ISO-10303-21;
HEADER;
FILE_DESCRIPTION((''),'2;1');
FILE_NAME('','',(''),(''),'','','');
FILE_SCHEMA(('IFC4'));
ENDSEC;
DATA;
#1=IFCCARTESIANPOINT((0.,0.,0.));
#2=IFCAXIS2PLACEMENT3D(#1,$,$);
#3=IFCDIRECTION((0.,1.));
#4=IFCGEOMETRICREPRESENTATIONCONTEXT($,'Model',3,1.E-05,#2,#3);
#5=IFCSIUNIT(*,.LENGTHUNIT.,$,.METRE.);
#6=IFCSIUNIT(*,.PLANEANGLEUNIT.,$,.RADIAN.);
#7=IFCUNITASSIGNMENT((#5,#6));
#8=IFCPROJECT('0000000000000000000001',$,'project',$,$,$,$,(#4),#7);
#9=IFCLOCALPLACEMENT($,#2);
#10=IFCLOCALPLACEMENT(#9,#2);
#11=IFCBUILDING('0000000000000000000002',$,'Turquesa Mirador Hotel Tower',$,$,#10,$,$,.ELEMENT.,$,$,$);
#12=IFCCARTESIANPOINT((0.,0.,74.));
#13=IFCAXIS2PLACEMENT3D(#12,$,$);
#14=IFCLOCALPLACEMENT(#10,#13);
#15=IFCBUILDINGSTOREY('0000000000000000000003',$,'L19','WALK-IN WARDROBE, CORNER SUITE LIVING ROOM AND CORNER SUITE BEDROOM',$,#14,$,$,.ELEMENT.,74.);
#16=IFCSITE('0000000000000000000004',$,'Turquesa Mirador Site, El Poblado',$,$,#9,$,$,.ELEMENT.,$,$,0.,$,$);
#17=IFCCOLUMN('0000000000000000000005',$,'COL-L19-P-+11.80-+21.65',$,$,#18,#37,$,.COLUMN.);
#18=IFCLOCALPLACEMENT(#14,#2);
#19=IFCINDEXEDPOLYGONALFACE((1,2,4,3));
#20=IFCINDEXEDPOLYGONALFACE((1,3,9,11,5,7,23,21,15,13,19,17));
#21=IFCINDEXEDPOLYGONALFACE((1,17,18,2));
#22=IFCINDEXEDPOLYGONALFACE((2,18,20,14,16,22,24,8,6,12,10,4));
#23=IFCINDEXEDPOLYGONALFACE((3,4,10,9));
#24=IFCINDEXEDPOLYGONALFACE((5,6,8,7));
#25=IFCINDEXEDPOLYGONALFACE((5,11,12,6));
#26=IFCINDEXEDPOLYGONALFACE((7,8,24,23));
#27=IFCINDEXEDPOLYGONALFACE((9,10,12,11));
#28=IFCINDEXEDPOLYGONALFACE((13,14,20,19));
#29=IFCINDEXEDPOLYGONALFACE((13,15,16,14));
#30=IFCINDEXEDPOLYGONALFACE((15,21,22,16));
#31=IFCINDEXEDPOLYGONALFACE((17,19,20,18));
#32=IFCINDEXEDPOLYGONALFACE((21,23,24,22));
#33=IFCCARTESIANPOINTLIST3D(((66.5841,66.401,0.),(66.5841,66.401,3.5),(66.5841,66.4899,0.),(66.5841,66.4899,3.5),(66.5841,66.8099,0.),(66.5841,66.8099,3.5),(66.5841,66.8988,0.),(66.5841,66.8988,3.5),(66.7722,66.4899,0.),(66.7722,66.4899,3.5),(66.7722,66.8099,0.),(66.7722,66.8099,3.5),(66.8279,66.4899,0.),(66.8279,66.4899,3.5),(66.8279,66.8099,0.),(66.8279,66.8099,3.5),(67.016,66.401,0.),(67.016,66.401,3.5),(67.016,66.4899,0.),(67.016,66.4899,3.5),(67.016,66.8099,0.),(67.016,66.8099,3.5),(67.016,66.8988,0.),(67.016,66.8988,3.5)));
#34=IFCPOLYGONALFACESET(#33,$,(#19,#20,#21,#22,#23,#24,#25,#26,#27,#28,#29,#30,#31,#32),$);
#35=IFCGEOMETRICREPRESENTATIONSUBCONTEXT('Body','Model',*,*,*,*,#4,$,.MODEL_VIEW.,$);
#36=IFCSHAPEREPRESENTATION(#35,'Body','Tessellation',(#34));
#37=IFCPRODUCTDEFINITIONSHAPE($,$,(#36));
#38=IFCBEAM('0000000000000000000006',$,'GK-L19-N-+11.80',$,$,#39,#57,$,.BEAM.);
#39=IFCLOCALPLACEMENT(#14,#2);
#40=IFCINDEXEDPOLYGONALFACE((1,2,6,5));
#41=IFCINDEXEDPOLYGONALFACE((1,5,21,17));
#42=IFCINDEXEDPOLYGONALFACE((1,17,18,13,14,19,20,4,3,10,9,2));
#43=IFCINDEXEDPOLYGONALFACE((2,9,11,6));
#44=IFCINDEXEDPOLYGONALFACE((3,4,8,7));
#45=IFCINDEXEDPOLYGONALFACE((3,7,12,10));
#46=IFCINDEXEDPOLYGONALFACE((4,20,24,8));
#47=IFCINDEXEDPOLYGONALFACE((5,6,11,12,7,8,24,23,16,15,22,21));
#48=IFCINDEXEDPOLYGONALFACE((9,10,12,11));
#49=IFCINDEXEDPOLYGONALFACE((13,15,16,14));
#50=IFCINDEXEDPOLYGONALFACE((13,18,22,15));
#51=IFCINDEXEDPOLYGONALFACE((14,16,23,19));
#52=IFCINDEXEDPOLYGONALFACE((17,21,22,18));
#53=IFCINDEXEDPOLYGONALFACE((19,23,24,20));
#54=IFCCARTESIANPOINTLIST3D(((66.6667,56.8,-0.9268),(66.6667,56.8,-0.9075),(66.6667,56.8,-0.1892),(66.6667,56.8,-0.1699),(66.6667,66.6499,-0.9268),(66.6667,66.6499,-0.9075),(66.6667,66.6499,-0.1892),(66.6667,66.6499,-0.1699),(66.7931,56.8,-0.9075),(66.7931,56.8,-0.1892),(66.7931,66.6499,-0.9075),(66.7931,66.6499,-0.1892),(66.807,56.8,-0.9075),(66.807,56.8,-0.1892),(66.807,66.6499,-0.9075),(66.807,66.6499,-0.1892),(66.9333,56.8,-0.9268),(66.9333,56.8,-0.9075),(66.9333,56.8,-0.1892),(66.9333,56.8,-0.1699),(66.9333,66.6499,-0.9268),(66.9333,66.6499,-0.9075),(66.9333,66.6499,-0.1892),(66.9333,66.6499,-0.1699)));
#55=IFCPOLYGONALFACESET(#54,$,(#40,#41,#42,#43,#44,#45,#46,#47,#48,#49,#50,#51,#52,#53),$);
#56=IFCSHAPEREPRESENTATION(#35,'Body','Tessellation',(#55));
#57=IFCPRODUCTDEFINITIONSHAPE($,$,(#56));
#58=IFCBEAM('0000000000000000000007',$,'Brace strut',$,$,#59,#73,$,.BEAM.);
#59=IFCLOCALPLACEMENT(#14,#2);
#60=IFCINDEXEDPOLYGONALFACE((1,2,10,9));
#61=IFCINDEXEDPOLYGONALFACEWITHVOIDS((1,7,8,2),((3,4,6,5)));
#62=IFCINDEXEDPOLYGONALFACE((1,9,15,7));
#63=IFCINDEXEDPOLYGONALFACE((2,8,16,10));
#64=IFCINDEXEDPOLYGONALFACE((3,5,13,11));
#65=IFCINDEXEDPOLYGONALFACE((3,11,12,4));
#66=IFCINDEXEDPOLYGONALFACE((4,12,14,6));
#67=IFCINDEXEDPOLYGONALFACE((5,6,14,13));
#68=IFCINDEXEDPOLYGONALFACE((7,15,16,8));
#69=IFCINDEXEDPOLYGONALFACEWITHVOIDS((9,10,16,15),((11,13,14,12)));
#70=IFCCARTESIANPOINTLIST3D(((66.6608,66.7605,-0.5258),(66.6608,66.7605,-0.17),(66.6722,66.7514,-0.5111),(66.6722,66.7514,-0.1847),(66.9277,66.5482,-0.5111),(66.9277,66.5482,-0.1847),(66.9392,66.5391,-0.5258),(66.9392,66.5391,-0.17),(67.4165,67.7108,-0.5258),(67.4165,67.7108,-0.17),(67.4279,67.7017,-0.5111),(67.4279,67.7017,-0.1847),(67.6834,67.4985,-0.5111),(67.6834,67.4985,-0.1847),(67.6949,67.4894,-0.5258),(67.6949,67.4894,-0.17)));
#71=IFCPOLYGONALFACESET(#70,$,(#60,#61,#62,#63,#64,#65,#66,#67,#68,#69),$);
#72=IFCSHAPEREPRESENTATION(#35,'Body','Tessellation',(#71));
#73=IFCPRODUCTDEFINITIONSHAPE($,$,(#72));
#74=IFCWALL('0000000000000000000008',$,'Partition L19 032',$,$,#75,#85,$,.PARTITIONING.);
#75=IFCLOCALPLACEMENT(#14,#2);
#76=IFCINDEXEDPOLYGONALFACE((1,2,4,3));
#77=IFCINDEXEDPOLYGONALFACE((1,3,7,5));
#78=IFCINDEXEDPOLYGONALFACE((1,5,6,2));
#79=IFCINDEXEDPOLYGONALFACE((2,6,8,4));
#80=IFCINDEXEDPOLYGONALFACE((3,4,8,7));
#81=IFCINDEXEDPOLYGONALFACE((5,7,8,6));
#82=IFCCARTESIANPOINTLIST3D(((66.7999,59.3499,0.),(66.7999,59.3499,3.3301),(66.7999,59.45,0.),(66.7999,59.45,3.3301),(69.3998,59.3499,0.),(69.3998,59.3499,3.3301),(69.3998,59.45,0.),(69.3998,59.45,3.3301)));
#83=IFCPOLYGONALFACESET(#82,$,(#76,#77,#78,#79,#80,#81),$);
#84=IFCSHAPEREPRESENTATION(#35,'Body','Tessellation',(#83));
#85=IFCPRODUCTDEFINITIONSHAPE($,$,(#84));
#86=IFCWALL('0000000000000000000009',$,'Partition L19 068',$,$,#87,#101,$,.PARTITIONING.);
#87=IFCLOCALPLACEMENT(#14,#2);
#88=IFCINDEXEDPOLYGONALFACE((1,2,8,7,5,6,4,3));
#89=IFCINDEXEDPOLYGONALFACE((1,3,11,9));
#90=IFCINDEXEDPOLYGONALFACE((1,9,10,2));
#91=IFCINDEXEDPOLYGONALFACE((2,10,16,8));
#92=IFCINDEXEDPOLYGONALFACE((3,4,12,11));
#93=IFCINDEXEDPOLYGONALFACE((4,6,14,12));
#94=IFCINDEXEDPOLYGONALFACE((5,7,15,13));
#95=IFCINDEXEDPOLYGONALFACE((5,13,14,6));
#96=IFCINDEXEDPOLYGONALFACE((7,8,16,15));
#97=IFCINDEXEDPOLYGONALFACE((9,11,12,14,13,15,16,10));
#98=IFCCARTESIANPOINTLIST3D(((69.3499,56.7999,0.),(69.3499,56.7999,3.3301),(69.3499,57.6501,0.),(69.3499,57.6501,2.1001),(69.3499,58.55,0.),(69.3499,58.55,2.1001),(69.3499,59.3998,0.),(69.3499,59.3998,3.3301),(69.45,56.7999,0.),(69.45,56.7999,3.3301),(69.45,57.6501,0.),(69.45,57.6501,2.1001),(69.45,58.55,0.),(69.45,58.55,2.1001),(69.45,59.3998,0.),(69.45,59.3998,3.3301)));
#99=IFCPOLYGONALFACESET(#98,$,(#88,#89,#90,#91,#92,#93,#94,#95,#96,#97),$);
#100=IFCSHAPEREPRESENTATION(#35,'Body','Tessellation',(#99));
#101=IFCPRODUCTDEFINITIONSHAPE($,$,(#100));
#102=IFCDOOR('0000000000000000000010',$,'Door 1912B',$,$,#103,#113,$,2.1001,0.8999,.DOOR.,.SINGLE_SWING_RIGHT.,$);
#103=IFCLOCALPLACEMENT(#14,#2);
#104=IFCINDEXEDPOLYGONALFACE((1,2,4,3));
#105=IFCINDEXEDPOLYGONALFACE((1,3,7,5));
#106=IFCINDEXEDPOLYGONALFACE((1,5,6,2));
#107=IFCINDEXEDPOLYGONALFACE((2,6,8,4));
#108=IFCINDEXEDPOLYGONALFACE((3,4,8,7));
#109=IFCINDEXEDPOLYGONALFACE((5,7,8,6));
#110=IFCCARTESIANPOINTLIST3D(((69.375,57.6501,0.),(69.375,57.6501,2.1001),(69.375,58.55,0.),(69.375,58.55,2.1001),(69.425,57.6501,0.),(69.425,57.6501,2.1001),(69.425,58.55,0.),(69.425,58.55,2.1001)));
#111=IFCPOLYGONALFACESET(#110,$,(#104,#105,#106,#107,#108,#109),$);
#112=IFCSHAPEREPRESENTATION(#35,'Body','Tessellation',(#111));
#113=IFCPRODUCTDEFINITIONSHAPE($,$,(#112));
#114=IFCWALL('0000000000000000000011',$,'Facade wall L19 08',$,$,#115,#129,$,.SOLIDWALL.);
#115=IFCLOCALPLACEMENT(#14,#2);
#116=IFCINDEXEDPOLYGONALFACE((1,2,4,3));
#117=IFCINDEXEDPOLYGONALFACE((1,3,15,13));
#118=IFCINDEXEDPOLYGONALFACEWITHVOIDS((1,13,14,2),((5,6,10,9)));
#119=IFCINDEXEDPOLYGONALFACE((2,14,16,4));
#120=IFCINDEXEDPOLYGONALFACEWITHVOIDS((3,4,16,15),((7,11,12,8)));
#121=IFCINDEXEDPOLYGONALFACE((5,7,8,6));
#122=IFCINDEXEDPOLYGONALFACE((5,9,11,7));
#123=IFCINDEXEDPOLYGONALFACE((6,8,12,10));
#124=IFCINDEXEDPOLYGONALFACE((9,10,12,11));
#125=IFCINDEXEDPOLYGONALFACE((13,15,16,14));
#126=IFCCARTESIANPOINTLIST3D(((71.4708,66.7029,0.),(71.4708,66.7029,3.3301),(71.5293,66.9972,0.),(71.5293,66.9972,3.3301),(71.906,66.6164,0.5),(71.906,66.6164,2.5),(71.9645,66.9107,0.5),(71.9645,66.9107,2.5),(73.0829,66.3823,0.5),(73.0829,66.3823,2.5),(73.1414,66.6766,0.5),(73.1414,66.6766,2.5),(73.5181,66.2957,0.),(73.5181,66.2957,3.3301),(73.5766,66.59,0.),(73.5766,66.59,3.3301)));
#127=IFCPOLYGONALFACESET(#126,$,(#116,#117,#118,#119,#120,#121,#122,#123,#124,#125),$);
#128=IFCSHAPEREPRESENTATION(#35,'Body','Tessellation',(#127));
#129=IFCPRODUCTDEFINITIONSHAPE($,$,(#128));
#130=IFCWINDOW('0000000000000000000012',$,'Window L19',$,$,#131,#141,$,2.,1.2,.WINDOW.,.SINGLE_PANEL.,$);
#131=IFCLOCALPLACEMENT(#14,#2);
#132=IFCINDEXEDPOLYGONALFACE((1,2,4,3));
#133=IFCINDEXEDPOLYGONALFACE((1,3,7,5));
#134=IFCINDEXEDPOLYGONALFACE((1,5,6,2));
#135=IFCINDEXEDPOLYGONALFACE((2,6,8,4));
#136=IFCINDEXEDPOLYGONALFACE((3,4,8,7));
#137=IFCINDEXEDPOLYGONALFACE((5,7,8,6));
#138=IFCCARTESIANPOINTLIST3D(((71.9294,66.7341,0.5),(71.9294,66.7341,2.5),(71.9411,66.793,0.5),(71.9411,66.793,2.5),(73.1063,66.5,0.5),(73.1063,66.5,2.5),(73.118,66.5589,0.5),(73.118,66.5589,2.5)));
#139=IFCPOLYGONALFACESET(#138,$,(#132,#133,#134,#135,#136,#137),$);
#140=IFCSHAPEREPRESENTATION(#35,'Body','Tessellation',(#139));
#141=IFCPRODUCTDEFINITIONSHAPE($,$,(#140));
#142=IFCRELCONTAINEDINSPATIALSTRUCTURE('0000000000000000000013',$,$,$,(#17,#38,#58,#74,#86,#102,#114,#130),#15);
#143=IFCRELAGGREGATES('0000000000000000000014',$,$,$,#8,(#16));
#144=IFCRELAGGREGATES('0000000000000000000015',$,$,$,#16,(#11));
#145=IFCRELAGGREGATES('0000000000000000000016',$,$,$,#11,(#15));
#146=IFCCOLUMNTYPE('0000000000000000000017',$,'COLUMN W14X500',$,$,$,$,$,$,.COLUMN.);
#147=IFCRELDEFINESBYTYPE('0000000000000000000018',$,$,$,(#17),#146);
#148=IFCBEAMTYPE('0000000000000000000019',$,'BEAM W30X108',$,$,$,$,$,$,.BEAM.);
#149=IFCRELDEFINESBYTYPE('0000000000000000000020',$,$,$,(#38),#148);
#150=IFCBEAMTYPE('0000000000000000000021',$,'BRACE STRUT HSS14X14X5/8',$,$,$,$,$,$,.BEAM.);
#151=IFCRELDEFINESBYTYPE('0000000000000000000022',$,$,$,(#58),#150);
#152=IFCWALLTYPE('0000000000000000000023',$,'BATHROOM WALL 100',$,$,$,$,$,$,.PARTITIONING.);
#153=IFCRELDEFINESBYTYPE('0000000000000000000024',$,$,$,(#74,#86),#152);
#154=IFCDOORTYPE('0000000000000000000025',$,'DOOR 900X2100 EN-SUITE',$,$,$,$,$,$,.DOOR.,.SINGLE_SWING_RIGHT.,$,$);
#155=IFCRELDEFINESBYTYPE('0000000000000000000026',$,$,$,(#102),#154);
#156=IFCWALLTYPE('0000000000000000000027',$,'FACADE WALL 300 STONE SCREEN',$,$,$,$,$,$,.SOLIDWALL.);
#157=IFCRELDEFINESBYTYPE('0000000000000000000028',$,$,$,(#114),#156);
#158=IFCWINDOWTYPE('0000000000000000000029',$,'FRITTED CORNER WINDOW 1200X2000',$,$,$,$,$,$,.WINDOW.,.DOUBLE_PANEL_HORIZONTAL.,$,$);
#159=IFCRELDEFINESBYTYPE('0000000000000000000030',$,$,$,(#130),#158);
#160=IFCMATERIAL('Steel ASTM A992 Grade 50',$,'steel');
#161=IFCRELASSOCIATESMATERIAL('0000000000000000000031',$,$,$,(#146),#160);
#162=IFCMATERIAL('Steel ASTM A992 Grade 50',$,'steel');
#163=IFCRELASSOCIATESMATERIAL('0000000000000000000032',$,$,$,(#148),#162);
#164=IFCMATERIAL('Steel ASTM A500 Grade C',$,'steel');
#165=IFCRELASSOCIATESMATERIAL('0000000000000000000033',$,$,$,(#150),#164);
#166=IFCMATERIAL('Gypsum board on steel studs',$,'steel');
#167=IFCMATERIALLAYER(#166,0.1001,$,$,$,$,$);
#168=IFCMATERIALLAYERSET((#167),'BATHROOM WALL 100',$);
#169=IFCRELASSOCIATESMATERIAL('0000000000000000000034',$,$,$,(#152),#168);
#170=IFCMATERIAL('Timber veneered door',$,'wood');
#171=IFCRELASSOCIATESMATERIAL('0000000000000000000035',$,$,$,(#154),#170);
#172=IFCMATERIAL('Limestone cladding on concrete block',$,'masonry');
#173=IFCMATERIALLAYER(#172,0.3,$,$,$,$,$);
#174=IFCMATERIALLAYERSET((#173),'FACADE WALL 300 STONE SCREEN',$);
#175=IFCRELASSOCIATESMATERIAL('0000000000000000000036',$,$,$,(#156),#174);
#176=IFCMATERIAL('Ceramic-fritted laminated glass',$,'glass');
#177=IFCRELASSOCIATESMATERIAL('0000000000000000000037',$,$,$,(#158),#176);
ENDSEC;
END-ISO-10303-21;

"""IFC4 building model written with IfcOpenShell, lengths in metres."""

from ifc_helpers import new_model, si_unit, direction, frame, frame_2d, origin, origin_2d, place, context, subcontext, project, spatial, rectangle, hollow_rectangle, i_section, extrude, material, layer, layer_set, material_profile, profile_set, type_object, element, fill, save


model = new_model("IFC4")

# Units and contexts
model_context = context("Model", 3, precision=1e-05, world=origin(), true_north=direction((0.0, 1.0)))
body_context = subcontext(model_context, "Body", "Model", "MODEL_VIEW")
ifc_project = project(units=[si_unit("LENGTHUNIT", "METRE"), si_unit("PLANEANGLEUNIT", "RADIAN")], contexts=[model_context])

# Site, building, storey
site_placement = place(None, origin())
site = spatial("IfcSite", under=ifc_project, at=site_placement, Name="Turquesa Mirador Site, El Poblado", CompositionType="ELEMENT", RefElevation=0.0)
building_placement = place(site_placement, origin())
building = spatial("IfcBuilding", under=site, at=building_placement, Name="Turquesa Mirador Hotel Tower", CompositionType="ELEMENT")
storey_placement = place(building_placement, frame((0.0, 0.0, 74.0)))
storey = spatial("IfcBuildingStorey", under=building, at=storey_placement, Name="L19", Description="WALK-IN WARDROBE, CORNER SUITE LIVING ROOM AND CORNER SUITE BEDROOM", CompositionType="ELEMENT", Elevation=74.0)

# Column
ifc_material_1 = material(Name="Steel ASTM A992 Grade 50", Category="steel")
ifc_material_profile_1 = material_profile(ifc_material_1, i_section(OverallWidth=0.4319, OverallDepth=0.4978, WebThickness=0.0557, FlangeThickness=0.0889, at=origin_2d()), Name="W14X500")
ifc_profile_set_1 = profile_set([ifc_material_profile_1], Name="Steel ASTM A992 Grade 50")
column_type = type_object("IfcColumnType", Name="COLUMN W14X500", PredefinedType="COLUMN", material=ifc_profile_set_1)
column_placement = place(storey_placement, frame((66.8, 66.6499, 0.0), z_axis=(0.0, 0.0, 1.0), x_axis=(1.0, 0.0, 0.0)))
element("IfcColumn", 1, at=column_placement, inside=storey, type_object=column_type, Name="COL-L19-P-+11.80-+21.65", PredefinedType="COLUMN", context=body_context, shape_type="SweptSolid", body=[
    extrude(i_section(OverallWidth=0.4319, OverallDepth=0.4978, WebThickness=0.0557, FlangeThickness=0.0889, at=origin_2d()), origin(), (0.0, 0.0, 1.0), 3.5),
])

# Beams
ifc_material_2 = material(Name="Steel ASTM A992 Grade 50", Category="steel")
ifc_material_profile_2 = material_profile(ifc_material_2, i_section(OverallWidth=0.2666, OverallDepth=0.7568, WebThickness=0.0139, FlangeThickness=0.0193, at=origin_2d()), Name="W30X108")
ifc_profile_set_2 = profile_set([ifc_material_profile_2], Name="Steel ASTM A992 Grade 50")
beam_type_1 = type_object("IfcBeamType", Name="BEAM W30X108", PredefinedType="BEAM", material=ifc_profile_set_2)
beam_1_placement = place(storey_placement, frame((66.8, 66.6499, -0.5483), z_axis=(0.0, -1.0, 0.0), x_axis=(1.0, 0.0, 0.0)))
element("IfcBeam", 2, at=beam_1_placement, inside=storey, type_object=beam_type_1, Name="GK-L19-N-+11.80", PredefinedType="BEAM", context=body_context, shape_type="SweptSolid", body=[
    extrude(i_section(OverallWidth=0.2666, OverallDepth=0.7568, WebThickness=0.0139, FlangeThickness=0.0193, at=origin_2d()), origin(), (0.0, 0.0, 1.0), 9.8499),
])
ifc_material_3 = material(Name="Steel ASTM A500 Grade C", Category="steel")
ifc_material_profile_3 = material_profile(ifc_material_3, hollow_rectangle(XDim=0.3557, YDim=0.3557, WallThickness=0.0146, at=origin_2d()), Name="HSS14X14X5/8")
ifc_profile_set_3 = profile_set([ifc_material_profile_3], Name="Steel ASTM A500 Grade C")
beam_type_2 = type_object("IfcBeamType", Name="BRACE STRUT HSS14X14X5/8", PredefinedType="BEAM", material=ifc_profile_set_3)
beam_2_placement = place(storey_placement, frame((67.5557, 67.6001, -0.3479), z_axis=(-0.622412, -0.78269, 0.0), x_axis=(0.78269, -0.622412, 0.0)))
element("IfcBeam", 3, at=beam_2_placement, inside=storey, type_object=beam_type_2, Name="Brace strut", PredefinedType="BEAM", context=body_context, shape_type="SweptSolid", body=[
    extrude(hollow_rectangle(XDim=0.3557, YDim=0.3557, WallThickness=0.0146, at=origin_2d()), origin(), (0.0, 0.0, 1.0), 1.2141),
])

# Wall
ifc_material_4 = material(Name="Gypsum board on steel studs", Category="steel")
ifc_layer_1 = layer(ifc_material_4, 0.1001)
ifc_layer_set_1 = layer_set([ifc_layer_1], Name="BATHROOM WALL 100")
wall_type_1 = type_object("IfcWallType", Name="BATHROOM WALL 100", PredefinedType="PARTITIONING", material=ifc_layer_set_1)
wall_1_placement = place(storey_placement, frame((66.8, 59.3999, 0.0), z_axis=(0.0, 0.0, 1.0), x_axis=(1.0, 0.0, 0.0)))
element("IfcWall", 4, at=wall_1_placement, inside=storey, type_object=wall_type_1, Name="Partition L19 032", PredefinedType="PARTITIONING", context=body_context, shape_type="SweptSolid", body=[
    extrude(rectangle(XDim=2.5999, YDim=0.1001, at=frame_2d((1.2998, 0.0))), origin(), (0.0, 0.0, 1.0), 3.3301),
])

# Wall, opening, door
wall_2_placement = place(storey_placement, frame((69.3999, 56.8, 0.0), z_axis=(0.0, 0.0, 1.0), x_axis=(0.0, 1.0, 0.0)))
wall_2 = element("IfcWall", 5, at=wall_2_placement, inside=storey, type_object=wall_type_1, Name="Partition L19 068", PredefinedType="PARTITIONING", context=body_context, shape_type="SweptSolid", body=[
    extrude(rectangle(XDim=2.5999, YDim=0.1001, at=frame_2d((1.2998, 0.0))), origin(), (0.0, 0.0, 1.0), 3.3301),
])
opening_1_placement = place(wall_2_placement, frame((0.8501, 0.0, 0.0)))
opening_1 = element("IfcOpeningElement", 6, at=opening_1_placement, cuts=wall_2, PredefinedType="OPENING", context=body_context, shape_type="SweptSolid", body=[
    extrude(rectangle(XDim=0.8999, YDim=2.1001, at=frame_2d((0.45, 1.05))), frame((0.0, 0.0601, 0.0), z_axis=(0.0, -1.0, 0.0), x_axis=(1.0, 0.0, 0.0)), (0.0, 0.0, 1.0), 0.1201),
])
ifc_material_5 = material(Name="Timber veneered door", Category="wood")
door_type = type_object("IfcDoorType", Name="DOOR 900X2100 EN-SUITE", OperationType="SINGLE_SWING_RIGHT", PredefinedType="DOOR", material=ifc_material_5)
door_placement = place(opening_1_placement, origin())
door = element("IfcDoor", 7, at=door_placement, inside=storey, type_object=door_type, Name="Door 1912B", OperationType="SINGLE_SWING_RIGHT", OverallHeight=2.1001, OverallWidth=0.8999, PredefinedType="DOOR", context=body_context, shape_type="SweptSolid", body=[
    extrude(rectangle(XDim=0.8999, YDim=2.1001, at=frame_2d((0.45, 1.05))), frame((0.0, 0.0249, 0.0), z_axis=(0.0, -1.0, 0.0), x_axis=(1.0, 0.0, 0.0)), (0.0, 0.0, 1.0), 0.05),
])
fill(opening_1, door)

# Wall, opening, window
ifc_material_6 = material(Name="Limestone cladding on concrete block", Category="masonry")
ifc_layer_2 = layer(ifc_material_6, 0.3)
ifc_layer_set_2 = layer_set([ifc_layer_2], Name="FACADE WALL 300 STONE SCREEN")
wall_type_2 = type_object("IfcWallType", Name="FACADE WALL 300 STONE SCREEN", PredefinedType="SOLIDWALL", material=ifc_layer_set_2)
wall_3_placement = place(storey_placement, frame((73.5474, 66.4429, 0.0), z_axis=(0.0, 0.0, 1.0), x_axis=(-0.980787, 0.195081, 0.0)))
wall_3 = element("IfcWall", 8, at=wall_3_placement, inside=storey, type_object=wall_type_2, Name="Facade wall L19 08", PredefinedType="SOLIDWALL", context=body_context, shape_type="SweptSolid", body=[
    extrude(rectangle(XDim=2.0874, YDim=0.3, at=frame_2d((1.0437, 0.0))), origin(), (0.0, 0.0, 1.0), 3.3301),
])
opening_2_placement = place(wall_3_placement, frame((0.4436, 0.0, 0.5)))
opening_2 = element("IfcOpeningElement", 9, at=opening_2_placement, cuts=wall_3, PredefinedType="OPENING", context=body_context, shape_type="SweptSolid", body=[
    extrude(rectangle(XDim=1.2, YDim=2.0, at=frame_2d((0.6001, 1.0))), frame((0.0, 0.1599, 0.0), z_axis=(0.0, -1.0, 0.0), x_axis=(1.0, 0.0, 0.0)), (0.0, 0.0, 1.0), 0.3201),
])
ifc_material_7 = material(Name="Ceramic-fritted laminated glass", Category="glass")
window_type_1 = type_object("IfcWindowType", Name="FRITTED CORNER WINDOW 1200X2000", PartitioningType="DOUBLE_PANEL_HORIZONTAL", PredefinedType="WINDOW", material=ifc_material_7)
window_1_placement = place(opening_2_placement, origin())
window_1 = element("IfcWindow", 10, at=window_1_placement, inside=storey, type_object=window_type_1, Name="Window L19", OverallHeight=2.0, OverallWidth=1.2, PartitioningType="SINGLE_PANEL", PredefinedType="WINDOW", context=body_context, shape_type="SweptSolid", body=[
    extrude(rectangle(XDim=1.2, YDim=2.0, at=frame_2d((0.6001, 1.0))), frame((0.0, 0.03, 0.0), z_axis=(0.0, -1.0, 0.0), x_axis=(1.0, 0.0, 0.0)), (0.0, 0.0, 1.0), 0.0601),
])
fill(opening_2, window_1)

save(model, "model.ifc")
